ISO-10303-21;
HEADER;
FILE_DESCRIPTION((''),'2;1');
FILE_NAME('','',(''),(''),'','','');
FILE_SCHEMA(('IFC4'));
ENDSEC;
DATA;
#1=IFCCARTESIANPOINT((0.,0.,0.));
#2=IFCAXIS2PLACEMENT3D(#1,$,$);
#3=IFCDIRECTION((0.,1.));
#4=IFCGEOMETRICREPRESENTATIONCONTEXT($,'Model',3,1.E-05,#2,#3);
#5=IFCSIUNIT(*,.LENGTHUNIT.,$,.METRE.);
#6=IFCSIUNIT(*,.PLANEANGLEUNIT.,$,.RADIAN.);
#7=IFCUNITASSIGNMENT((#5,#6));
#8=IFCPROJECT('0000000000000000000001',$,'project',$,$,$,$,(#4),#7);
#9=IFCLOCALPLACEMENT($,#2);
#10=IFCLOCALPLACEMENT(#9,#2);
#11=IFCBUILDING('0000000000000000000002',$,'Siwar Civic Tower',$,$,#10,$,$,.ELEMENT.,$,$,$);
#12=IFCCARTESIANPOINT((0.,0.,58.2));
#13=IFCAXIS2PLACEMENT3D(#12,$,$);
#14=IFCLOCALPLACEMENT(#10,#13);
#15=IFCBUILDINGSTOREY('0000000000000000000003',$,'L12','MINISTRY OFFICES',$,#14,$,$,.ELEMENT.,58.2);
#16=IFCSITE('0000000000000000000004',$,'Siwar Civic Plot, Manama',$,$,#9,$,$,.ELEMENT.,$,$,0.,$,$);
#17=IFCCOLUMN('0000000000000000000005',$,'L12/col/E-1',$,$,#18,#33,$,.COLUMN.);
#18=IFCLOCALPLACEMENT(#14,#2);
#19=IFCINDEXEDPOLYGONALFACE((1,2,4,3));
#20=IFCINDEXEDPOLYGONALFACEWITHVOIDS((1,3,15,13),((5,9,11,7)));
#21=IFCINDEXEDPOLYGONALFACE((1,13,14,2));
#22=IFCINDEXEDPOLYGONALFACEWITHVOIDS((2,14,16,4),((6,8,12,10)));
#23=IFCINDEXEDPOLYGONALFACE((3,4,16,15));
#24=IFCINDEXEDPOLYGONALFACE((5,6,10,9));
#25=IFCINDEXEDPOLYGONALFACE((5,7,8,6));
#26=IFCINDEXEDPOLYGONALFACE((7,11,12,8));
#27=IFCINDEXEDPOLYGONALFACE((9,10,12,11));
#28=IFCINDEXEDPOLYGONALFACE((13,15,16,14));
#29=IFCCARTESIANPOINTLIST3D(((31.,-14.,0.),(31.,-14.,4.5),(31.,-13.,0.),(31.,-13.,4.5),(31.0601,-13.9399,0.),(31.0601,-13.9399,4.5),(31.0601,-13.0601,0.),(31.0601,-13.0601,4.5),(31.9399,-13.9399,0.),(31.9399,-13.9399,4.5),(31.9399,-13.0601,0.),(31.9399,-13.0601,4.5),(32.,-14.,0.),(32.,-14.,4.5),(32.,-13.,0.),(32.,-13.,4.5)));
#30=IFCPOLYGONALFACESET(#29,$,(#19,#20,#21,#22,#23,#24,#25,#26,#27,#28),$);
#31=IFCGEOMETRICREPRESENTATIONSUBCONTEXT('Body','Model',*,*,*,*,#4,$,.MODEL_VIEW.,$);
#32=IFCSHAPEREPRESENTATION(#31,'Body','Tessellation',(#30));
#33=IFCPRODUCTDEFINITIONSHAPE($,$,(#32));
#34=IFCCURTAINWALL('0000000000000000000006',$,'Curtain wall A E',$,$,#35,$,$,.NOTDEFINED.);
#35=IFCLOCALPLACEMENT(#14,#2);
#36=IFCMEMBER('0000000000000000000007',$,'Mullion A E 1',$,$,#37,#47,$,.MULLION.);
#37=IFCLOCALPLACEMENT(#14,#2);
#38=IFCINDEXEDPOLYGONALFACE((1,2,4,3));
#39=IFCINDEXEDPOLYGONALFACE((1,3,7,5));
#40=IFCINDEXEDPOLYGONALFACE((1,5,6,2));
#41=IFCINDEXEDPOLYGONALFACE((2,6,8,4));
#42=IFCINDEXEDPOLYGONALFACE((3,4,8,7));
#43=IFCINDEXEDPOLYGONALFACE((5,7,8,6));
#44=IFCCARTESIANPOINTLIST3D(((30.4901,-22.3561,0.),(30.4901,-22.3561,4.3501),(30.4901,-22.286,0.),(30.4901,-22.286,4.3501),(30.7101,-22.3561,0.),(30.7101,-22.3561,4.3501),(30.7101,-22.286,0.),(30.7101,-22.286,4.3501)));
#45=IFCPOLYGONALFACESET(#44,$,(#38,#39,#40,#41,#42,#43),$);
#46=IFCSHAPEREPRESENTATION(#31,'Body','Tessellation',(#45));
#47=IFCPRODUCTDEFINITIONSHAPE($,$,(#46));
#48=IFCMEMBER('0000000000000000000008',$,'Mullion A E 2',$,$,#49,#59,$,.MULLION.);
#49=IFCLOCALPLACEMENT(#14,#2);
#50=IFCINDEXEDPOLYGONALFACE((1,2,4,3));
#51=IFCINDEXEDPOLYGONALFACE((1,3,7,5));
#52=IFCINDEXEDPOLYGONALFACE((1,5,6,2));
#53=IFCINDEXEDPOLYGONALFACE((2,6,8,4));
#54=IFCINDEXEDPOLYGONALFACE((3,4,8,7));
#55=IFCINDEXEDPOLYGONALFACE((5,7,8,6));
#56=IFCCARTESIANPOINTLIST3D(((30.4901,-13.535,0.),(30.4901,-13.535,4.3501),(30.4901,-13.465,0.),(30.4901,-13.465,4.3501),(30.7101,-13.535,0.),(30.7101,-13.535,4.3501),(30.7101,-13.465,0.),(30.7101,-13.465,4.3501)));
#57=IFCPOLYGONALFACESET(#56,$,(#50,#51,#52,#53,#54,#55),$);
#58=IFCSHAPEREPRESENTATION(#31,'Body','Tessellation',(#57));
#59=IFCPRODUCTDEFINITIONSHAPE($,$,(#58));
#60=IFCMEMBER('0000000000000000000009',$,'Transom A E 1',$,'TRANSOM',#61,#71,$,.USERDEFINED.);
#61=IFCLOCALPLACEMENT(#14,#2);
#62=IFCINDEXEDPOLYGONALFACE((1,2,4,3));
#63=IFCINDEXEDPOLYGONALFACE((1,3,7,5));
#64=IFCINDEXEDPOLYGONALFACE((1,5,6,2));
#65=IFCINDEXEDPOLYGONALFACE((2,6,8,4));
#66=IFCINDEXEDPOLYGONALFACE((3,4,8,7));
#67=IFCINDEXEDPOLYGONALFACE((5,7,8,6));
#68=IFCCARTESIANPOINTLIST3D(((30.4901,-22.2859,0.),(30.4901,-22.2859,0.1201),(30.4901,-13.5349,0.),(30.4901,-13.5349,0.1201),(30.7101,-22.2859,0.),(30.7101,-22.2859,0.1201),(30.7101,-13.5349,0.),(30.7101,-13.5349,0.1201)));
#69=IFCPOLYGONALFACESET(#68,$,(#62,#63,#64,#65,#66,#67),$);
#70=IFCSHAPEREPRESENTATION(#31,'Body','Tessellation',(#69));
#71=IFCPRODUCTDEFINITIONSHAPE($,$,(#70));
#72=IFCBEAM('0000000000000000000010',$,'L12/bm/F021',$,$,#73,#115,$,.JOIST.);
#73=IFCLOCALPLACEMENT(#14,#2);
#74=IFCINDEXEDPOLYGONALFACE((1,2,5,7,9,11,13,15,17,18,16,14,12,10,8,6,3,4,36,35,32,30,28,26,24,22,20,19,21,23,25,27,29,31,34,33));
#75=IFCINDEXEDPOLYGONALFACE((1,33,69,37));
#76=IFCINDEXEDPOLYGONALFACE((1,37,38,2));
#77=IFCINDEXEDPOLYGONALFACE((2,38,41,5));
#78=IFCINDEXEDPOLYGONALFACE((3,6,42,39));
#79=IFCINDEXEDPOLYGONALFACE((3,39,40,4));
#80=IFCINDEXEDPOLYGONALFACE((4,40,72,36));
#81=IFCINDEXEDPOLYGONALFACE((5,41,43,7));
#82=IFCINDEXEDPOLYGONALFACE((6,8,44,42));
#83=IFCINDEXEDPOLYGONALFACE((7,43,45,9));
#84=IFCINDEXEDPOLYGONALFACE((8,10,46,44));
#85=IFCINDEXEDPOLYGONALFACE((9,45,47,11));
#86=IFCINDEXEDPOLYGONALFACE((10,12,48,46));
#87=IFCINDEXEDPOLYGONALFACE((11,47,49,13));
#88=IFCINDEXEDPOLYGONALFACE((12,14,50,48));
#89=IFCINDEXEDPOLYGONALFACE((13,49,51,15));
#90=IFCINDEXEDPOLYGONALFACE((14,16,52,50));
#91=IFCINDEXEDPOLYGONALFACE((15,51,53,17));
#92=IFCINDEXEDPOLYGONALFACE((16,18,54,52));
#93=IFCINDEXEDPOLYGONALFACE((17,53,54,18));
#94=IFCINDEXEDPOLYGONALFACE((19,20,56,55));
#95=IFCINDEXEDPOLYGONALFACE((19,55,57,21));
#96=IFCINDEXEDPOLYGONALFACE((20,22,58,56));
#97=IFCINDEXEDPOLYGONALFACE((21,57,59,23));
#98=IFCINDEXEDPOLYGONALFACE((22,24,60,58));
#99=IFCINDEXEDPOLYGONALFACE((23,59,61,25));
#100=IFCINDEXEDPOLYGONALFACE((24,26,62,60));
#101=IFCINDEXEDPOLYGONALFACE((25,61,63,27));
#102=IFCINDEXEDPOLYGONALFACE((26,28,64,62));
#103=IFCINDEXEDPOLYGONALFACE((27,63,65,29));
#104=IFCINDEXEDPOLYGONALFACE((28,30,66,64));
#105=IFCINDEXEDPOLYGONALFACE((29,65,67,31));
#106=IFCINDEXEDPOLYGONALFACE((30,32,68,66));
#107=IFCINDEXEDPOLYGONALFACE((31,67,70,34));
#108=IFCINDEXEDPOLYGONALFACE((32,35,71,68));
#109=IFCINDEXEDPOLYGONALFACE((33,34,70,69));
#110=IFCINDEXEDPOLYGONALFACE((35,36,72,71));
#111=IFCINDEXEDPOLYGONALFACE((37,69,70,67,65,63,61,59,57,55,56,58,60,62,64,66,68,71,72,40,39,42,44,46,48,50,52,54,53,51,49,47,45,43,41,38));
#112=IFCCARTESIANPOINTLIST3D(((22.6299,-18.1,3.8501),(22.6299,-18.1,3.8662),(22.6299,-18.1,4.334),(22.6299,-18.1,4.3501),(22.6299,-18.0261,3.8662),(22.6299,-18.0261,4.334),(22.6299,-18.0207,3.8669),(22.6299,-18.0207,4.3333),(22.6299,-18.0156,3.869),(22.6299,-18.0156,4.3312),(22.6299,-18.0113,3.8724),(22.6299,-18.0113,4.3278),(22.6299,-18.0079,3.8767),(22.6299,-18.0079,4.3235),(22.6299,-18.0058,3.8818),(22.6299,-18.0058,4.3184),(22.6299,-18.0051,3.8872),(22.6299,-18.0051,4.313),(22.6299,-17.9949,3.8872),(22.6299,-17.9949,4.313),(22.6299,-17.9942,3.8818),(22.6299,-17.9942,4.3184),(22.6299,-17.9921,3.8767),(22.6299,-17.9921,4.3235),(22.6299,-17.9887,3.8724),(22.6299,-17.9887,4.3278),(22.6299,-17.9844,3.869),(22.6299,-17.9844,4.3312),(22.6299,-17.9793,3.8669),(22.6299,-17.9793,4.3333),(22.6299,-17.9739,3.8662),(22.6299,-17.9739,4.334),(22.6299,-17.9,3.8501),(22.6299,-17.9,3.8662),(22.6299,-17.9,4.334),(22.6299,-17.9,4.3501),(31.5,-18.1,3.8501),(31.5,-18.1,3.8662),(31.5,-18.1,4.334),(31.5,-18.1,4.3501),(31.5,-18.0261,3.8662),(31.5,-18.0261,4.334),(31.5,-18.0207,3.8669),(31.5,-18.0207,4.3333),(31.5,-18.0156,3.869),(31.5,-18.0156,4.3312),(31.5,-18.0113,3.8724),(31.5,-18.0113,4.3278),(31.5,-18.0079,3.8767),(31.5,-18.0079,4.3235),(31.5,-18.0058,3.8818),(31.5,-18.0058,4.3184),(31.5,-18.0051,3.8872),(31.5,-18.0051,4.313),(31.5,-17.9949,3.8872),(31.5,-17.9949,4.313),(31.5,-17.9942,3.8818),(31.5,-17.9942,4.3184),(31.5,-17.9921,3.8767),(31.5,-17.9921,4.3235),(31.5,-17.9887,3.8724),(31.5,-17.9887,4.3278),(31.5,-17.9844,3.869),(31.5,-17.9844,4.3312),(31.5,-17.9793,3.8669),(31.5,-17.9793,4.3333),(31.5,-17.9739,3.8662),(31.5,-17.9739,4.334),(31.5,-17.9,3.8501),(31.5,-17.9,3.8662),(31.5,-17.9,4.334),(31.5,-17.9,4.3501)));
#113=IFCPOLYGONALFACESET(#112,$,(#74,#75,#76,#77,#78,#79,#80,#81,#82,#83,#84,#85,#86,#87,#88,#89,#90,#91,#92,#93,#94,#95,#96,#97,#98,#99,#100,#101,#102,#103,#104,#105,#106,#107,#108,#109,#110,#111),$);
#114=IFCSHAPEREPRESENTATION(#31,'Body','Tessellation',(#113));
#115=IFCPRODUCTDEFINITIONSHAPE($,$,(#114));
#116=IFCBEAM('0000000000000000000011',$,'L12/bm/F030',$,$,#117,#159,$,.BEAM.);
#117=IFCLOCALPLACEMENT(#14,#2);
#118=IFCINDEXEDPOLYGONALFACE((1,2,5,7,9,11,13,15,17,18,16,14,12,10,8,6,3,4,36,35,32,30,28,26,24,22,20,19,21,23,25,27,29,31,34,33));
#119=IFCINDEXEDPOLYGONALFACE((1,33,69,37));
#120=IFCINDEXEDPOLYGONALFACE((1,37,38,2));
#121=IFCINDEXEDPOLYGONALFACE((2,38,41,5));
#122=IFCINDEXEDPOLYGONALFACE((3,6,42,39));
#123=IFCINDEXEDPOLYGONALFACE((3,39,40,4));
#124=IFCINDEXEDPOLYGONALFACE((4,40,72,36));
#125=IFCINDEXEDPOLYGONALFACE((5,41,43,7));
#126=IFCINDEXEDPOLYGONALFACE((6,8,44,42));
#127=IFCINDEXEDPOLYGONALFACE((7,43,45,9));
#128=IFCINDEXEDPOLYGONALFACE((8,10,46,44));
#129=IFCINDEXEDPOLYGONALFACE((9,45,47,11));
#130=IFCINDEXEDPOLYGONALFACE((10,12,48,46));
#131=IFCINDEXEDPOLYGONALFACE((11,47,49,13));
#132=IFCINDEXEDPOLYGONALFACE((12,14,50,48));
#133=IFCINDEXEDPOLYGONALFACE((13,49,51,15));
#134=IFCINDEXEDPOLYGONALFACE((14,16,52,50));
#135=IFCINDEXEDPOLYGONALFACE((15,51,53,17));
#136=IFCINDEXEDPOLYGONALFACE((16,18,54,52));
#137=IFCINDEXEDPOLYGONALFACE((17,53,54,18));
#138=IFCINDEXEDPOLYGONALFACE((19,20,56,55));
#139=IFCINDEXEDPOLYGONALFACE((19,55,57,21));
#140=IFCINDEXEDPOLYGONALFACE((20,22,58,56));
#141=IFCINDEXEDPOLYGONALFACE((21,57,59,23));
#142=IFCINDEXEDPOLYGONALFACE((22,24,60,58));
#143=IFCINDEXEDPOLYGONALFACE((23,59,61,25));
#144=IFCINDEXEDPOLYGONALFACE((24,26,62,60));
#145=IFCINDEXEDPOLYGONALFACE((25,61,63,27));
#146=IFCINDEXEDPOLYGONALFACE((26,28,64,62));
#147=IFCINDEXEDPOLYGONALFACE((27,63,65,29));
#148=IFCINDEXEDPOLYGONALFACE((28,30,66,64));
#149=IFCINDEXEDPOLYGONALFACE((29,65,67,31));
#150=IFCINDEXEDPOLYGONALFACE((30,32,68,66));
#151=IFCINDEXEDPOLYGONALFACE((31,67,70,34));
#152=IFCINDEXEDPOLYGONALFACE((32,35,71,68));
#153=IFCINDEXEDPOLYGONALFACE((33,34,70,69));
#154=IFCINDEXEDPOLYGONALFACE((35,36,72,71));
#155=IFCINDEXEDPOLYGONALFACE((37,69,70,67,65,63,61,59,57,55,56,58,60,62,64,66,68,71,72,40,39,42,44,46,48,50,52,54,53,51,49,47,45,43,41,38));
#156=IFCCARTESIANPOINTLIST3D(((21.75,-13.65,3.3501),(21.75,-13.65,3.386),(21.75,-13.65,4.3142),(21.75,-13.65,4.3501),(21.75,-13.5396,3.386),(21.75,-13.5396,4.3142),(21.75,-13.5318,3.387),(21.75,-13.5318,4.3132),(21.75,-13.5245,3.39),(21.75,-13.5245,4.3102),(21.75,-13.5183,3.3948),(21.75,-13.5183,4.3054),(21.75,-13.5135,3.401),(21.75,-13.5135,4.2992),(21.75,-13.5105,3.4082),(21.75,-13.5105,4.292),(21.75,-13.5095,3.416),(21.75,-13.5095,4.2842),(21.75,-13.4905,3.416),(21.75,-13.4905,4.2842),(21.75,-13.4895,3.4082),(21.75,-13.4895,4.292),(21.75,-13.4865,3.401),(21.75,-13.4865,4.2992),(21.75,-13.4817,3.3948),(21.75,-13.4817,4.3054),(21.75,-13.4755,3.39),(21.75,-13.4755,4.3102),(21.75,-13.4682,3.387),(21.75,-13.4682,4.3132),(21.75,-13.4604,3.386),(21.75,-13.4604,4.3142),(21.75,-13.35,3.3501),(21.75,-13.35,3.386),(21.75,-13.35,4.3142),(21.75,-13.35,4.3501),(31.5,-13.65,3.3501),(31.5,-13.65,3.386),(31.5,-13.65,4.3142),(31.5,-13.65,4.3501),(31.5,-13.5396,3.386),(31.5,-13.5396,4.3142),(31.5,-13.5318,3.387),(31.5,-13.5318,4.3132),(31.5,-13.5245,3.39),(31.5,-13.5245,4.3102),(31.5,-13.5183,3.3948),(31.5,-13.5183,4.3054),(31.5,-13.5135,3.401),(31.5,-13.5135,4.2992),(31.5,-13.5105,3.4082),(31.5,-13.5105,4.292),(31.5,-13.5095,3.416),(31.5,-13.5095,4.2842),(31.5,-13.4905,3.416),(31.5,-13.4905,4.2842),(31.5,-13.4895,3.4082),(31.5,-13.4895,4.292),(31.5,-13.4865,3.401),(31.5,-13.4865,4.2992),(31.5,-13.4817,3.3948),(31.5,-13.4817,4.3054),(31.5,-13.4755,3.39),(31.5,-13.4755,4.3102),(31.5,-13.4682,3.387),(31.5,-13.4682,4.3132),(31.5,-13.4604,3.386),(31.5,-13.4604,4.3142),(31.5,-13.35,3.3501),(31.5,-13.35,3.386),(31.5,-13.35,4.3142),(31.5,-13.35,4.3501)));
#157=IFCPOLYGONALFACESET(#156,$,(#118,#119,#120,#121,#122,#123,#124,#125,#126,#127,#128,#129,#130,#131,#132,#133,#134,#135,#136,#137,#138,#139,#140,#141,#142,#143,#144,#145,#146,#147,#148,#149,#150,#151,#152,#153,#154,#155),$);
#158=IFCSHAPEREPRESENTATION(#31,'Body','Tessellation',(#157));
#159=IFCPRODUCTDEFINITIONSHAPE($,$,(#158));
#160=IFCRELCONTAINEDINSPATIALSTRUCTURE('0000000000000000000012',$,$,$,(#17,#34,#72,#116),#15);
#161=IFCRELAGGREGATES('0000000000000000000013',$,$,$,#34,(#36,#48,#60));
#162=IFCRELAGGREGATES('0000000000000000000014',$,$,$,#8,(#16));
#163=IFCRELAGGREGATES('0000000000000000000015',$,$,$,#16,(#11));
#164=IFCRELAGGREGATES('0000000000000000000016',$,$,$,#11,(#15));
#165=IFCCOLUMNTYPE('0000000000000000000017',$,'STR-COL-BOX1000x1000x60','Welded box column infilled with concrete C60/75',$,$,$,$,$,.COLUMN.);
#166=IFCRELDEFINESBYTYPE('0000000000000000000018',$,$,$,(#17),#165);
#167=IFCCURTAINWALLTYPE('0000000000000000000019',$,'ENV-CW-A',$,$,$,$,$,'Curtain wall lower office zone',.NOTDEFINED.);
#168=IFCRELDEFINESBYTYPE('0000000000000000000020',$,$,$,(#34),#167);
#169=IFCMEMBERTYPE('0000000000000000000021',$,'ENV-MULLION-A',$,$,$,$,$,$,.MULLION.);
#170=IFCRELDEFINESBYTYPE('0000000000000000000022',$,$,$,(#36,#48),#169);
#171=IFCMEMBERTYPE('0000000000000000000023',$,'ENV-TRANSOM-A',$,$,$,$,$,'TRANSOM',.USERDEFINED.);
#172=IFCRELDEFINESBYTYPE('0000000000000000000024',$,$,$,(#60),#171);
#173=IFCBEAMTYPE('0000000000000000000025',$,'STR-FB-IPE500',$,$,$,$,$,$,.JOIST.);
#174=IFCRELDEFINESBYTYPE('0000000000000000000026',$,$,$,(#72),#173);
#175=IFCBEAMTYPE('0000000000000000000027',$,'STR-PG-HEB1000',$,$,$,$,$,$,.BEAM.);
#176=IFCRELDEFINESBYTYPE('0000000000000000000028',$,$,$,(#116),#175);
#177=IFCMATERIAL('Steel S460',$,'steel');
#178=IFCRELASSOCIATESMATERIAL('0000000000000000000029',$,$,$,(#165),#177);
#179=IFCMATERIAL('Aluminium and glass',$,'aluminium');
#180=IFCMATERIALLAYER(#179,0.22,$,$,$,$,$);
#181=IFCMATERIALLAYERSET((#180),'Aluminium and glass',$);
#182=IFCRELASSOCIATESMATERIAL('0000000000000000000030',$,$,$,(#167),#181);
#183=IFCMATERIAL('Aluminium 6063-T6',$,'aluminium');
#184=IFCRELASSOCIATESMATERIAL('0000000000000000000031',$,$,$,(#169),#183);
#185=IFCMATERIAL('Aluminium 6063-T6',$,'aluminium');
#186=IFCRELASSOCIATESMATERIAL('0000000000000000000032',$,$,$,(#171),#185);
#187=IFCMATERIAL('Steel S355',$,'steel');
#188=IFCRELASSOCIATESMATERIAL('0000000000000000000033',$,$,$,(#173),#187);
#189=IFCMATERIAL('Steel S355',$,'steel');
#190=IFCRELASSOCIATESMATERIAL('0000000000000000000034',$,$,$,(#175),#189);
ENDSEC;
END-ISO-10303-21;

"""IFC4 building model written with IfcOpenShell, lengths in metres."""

from ifc_helpers import new_model, si_unit, direction, frame, origin, origin_2d, place, context, subcontext, project, spatial, rectangle, hollow_rectangle, i_section, extrude, material, layer, layer_set, material_profile, profile_set, type_object, element, aggregate, save


model = new_model("IFC4")

# Units and contexts
model_context = context("Model", 3, precision=1e-05, world=origin(), true_north=direction((0.0, 1.0)))
body_context = subcontext(model_context, "Body", "Model", "MODEL_VIEW")
ifc_project = project(units=[si_unit("LENGTHUNIT", "METRE"), si_unit("PLANEANGLEUNIT", "RADIAN")], contexts=[model_context])

# Site, building, storey
site_placement = place(None, origin())
site = spatial("IfcSite", under=ifc_project, at=site_placement, Name="Siwar Civic Plot, Manama", CompositionType="ELEMENT", RefElevation=0.0)
building_placement = place(site_placement, origin())
building = spatial("IfcBuilding", under=site, at=building_placement, Name="Siwar Civic Tower", CompositionType="ELEMENT")
storey_placement = place(building_placement, frame((0.0, 0.0, 58.2)))
storey = spatial("IfcBuildingStorey", under=building, at=storey_placement, Name="L12", Description="MINISTRY OFFICES", CompositionType="ELEMENT", Elevation=58.2)

# Column
ifc_material_1 = material(Name="Steel S460", Category="steel")
ifc_material_profile_1 = material_profile(ifc_material_1, hollow_rectangle(XDim=1.0, YDim=1.0, WallThickness=0.0601, at=origin_2d()), Name="BOX1000x1000x60")
ifc_profile_set_1 = profile_set([ifc_material_profile_1], Name="Steel S460")
column_type = type_object("IfcColumnType", Name="STR-COL-BOX1000x1000x60", Description="Welded box column infilled with concrete C60/75", PredefinedType="COLUMN", material=ifc_profile_set_1)
column_placement = place(storey_placement, frame((31.5, -13.5, 0.0), z_axis=(0.0, 0.0, 1.0), x_axis=(1.0, 0.0, 0.0)))
element("IfcColumn", 1, at=column_placement, inside=storey, type_object=column_type, Name="L12/col/E-1", PredefinedType="COLUMN", context=body_context, shape_type="SweptSolid", body=[
    extrude(hollow_rectangle(XDim=1.0, YDim=1.0, WallThickness=0.0601, at=origin_2d()), origin(), (0.0, 0.0, 1.0), 4.5),
])

# Curtain wall, members
ifc_material_2 = material(Name="Aluminium and glass", Category="aluminium")
ifc_layer_1 = layer(ifc_material_2, 0.22)
ifc_layer_set_1 = layer_set([ifc_layer_1], Name="Aluminium and glass")
curtain_wall_type = type_object("IfcCurtainWallType", Name="ENV-CW-A", ElementType="Curtain wall lower office zone", PredefinedType="NOTDEFINED", material=ifc_layer_set_1)
curtain_wall_placement = place(storey_placement, origin())
curtain_wall = element("IfcCurtainWall", 2, at=curtain_wall_placement, inside=storey, type_object=curtain_wall_type, Name="Curtain wall A E", PredefinedType="NOTDEFINED")
ifc_material_3 = material(Name="Aluminium 6063-T6", Category="aluminium")
ifc_material_profile_2 = material_profile(ifc_material_3, rectangle(XDim=0.22, YDim=0.0701, at=origin_2d()), Name="AL 220x70")
ifc_profile_set_2 = profile_set([ifc_material_profile_2], Name="Aluminium 6063-T6")
member_type_1 = type_object("IfcMemberType", Name="ENV-MULLION-A", PredefinedType="MULLION", material=ifc_profile_set_2)
member_1_placement = place(storey_placement, frame((30.6001, -22.321, 0.0), z_axis=(0.0, 0.0, 1.0), x_axis=(-1.0, 0.0, 0.0)))
member_1 = element("IfcMember", 3, at=member_1_placement, type_object=member_type_1, Name="Mullion A E 1", PredefinedType="MULLION", context=body_context, shape_type="SweptSolid", body=[
    extrude(rectangle(XDim=0.22, YDim=0.0701, at=origin_2d()), origin(), (0.0, 0.0, 1.0), 4.3501),
])
member_2_placement = place(storey_placement, frame((30.6001, -13.5, 0.0), z_axis=(0.0, 0.0, 1.0), x_axis=(-1.0, 0.0, 0.0)))
member_2 = element("IfcMember", 4, at=member_2_placement, type_object=member_type_1, Name="Mullion A E 2", PredefinedType="MULLION", context=body_context, shape_type="SweptSolid", body=[
    extrude(rectangle(XDim=0.22, YDim=0.0701, at=origin_2d()), origin(), (0.0, 0.0, 1.0), 4.3501),
])
ifc_material_4 = material(Name="Aluminium 6063-T6", Category="aluminium")
ifc_material_profile_3 = material_profile(ifc_material_4, rectangle(XDim=0.22, YDim=0.1201, at=origin_2d()), Name="AL 220x120")
ifc_profile_set_3 = profile_set([ifc_material_profile_3], Name="Aluminium 6063-T6")
member_type_2 = type_object("IfcMemberType", Name="ENV-TRANSOM-A", ElementType="TRANSOM", PredefinedType="USERDEFINED", material=ifc_profile_set_3)
member_3_placement = place(storey_placement, frame((30.6001, -22.2859, 0.0601), z_axis=(0.0, 1.0, 0.0), x_axis=(-1.0, 0.0, 0.0)))
member_3 = element("IfcMember", 5, at=member_3_placement, type_object=member_type_2, Name="Transom A E 1", ObjectType="TRANSOM", PredefinedType="USERDEFINED", context=body_context, shape_type="SweptSolid", body=[
    extrude(rectangle(XDim=0.22, YDim=0.1201, at=origin_2d()), origin(), (0.0, 0.0, 1.0), 8.751),
])

# Beams
ifc_material_5 = material(Name="Steel S355", Category="steel")
ifc_material_profile_4 = material_profile(ifc_material_5, i_section(OverallWidth=0.2, OverallDepth=0.5, WebThickness=0.0103, FlangeThickness=0.0161, FilletRadius=0.021, at=origin_2d()), Name="IPE500")
ifc_profile_set_4 = profile_set([ifc_material_profile_4], Name="Steel S355")
beam_type_1 = type_object("IfcBeamType", Name="STR-FB-IPE500", PredefinedType="JOIST", material=ifc_profile_set_4)
beam_1_placement = place(storey_placement, frame((22.6299, -18.0, 4.1001), z_axis=(1.0, 0.0, 0.0), x_axis=(0.0, 1.0, 0.0)))
element("IfcBeam", 6, at=beam_1_placement, inside=storey, type_object=beam_type_1, Name="L12/bm/F021", PredefinedType="JOIST", context=body_context, shape_type="SweptSolid", body=[
    extrude(i_section(OverallWidth=0.2, OverallDepth=0.5, WebThickness=0.0103, FlangeThickness=0.0161, FilletRadius=0.021, at=origin_2d()), origin(), (0.0, 0.0, 1.0), 8.8701),
])
ifc_material_6 = material(Name="Steel S355", Category="steel")
ifc_material_profile_5 = material_profile(ifc_material_6, i_section(OverallWidth=0.3, OverallDepth=1.0, WebThickness=0.019, FlangeThickness=0.0359, FilletRadius=0.03, at=origin_2d()), Name="HEB1000")
ifc_profile_set_5 = profile_set([ifc_material_profile_5], Name="Steel S355")
beam_type_2 = type_object("IfcBeamType", Name="STR-PG-HEB1000", PredefinedType="BEAM", material=ifc_profile_set_5)
beam_2_placement = place(storey_placement, frame((21.75, -13.5, 3.8501), z_axis=(1.0, 0.0, 0.0), x_axis=(0.0, 1.0, 0.0)))
element("IfcBeam", 7, at=beam_2_placement, inside=storey, type_object=beam_type_2, Name="L12/bm/F030", PredefinedType="BEAM", context=body_context, shape_type="SweptSolid", body=[
    extrude(i_section(OverallWidth=0.3, OverallDepth=1.0, WebThickness=0.019, FlangeThickness=0.0359, FilletRadius=0.03, at=origin_2d()), origin(), (0.0, 0.0, 1.0), 9.75),
])

aggregate(curtain_wall, [member_1, member_2, member_3])

save(model, "model.ifc")
